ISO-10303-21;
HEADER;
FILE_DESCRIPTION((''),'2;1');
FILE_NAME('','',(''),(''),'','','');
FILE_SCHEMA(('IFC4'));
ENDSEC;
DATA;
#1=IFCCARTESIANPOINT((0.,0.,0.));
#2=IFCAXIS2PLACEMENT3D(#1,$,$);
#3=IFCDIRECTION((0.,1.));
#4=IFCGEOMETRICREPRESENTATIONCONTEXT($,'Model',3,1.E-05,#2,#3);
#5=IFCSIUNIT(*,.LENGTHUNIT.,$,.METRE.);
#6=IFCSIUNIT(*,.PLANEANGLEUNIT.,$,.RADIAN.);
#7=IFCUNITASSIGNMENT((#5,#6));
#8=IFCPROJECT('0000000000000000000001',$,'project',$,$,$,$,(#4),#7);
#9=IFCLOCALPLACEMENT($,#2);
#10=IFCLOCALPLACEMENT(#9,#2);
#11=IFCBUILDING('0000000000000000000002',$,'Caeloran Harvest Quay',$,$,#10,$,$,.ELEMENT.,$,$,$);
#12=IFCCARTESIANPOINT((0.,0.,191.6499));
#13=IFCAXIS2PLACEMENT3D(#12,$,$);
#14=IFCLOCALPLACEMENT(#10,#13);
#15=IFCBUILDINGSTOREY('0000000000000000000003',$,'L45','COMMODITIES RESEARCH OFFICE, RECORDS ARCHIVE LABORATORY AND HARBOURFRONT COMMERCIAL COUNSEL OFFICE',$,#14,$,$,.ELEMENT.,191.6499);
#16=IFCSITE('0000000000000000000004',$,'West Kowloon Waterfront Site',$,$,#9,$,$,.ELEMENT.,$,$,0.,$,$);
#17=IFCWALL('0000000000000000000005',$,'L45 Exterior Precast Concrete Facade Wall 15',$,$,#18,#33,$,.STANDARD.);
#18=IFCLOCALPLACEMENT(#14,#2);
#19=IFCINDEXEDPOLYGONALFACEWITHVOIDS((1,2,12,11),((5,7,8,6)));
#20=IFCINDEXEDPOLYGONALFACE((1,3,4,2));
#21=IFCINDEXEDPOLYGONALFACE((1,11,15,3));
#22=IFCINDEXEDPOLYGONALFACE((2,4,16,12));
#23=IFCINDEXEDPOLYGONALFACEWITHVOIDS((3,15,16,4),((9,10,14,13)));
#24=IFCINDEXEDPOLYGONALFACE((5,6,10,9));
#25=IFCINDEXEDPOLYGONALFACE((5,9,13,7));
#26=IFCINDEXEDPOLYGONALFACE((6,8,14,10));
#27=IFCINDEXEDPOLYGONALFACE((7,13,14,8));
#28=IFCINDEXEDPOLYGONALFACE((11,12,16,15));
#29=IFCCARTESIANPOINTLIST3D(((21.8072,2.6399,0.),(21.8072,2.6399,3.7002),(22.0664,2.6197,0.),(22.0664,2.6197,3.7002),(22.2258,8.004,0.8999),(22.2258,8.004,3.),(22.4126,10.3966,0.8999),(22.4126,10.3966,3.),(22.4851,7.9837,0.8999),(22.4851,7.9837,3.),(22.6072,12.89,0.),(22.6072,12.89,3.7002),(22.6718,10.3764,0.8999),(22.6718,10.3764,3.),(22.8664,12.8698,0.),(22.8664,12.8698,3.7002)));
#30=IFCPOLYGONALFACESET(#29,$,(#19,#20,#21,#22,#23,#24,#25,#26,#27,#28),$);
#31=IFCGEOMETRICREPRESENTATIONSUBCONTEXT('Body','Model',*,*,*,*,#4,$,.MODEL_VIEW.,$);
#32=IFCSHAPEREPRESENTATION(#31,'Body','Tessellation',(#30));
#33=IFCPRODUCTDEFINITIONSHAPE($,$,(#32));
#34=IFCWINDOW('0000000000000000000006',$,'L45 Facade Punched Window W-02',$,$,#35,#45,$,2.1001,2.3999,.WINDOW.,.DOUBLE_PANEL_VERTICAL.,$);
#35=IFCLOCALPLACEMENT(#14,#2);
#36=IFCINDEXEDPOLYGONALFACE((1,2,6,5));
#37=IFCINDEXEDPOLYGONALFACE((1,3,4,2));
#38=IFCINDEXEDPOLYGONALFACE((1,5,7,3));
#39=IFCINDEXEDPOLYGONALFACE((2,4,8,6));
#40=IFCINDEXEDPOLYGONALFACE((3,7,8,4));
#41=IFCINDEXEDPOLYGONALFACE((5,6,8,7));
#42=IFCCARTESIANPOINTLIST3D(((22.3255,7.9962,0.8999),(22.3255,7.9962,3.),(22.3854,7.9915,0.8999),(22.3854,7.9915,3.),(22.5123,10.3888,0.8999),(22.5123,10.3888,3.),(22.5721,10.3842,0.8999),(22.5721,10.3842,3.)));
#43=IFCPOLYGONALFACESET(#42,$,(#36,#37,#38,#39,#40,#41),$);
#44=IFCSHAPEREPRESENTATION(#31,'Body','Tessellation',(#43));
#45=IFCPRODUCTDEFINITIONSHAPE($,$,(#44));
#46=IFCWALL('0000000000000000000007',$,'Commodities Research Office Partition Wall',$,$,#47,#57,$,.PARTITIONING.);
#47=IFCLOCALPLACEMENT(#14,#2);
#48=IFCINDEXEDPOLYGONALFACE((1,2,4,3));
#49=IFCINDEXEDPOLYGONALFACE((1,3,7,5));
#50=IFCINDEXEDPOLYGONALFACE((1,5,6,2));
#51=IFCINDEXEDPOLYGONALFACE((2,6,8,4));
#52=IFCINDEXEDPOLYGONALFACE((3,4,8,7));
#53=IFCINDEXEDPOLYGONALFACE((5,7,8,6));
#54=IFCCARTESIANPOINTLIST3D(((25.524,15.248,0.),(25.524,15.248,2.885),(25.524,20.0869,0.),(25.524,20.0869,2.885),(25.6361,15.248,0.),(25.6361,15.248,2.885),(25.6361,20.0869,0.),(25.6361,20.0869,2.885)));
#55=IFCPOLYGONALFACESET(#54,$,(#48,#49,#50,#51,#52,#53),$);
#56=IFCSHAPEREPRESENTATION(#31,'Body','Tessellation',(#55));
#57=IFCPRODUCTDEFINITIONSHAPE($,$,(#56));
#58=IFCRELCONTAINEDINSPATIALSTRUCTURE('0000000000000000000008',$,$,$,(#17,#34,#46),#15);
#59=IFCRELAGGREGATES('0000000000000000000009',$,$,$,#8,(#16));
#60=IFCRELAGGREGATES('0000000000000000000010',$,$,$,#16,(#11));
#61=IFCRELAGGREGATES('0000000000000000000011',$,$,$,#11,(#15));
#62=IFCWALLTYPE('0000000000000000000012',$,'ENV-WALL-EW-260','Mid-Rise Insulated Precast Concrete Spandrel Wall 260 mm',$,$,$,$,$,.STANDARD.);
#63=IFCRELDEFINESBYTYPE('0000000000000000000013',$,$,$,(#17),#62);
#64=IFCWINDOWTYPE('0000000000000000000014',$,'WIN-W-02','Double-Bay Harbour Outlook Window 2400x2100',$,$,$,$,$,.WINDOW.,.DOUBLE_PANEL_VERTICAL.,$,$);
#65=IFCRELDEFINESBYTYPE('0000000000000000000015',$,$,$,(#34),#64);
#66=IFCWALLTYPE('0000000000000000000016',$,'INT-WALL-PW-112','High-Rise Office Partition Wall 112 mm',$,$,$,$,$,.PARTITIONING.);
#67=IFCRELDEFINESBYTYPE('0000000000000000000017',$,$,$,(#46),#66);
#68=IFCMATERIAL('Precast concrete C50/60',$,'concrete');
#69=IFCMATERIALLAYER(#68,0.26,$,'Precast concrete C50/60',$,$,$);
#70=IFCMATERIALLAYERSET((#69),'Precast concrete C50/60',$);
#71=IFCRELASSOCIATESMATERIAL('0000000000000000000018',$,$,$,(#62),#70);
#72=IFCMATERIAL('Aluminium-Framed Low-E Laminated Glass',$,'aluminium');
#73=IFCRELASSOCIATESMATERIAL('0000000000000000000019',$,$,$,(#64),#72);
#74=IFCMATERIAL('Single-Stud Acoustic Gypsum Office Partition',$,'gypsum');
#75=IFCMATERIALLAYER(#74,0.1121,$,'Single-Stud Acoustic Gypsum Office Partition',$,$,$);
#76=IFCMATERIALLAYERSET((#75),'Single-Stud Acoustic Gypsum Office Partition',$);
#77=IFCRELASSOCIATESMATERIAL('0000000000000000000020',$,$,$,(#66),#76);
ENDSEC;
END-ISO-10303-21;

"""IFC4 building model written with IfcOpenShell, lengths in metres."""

from ifc_helpers import new_model, si_unit, direction, frame, frame_2d, origin, place, context, subcontext, project, spatial, rectangle, extrude, material, layer, layer_set, type_object, element, fill, save


model = new_model("IFC4")

# Units and contexts
model_context = context("Model", 3, precision=1e-05, world=origin(), true_north=direction((0.0, 1.0)))
body_context = subcontext(model_context, "Body", "Model", "MODEL_VIEW")
ifc_project = project(units=[si_unit("LENGTHUNIT", "METRE"), si_unit("PLANEANGLEUNIT", "RADIAN")], contexts=[model_context])

# Site, building, storey
site_placement = place(None, origin())
site = spatial("IfcSite", under=ifc_project, at=site_placement, Name="West Kowloon Waterfront Site", CompositionType="ELEMENT", RefElevation=0.0)
building_placement = place(site_placement, origin())
building = spatial("IfcBuilding", under=site, at=building_placement, Name="Caeloran Harvest Quay", CompositionType="ELEMENT")
storey_placement = place(building_placement, frame((0.0, 0.0, 191.6499)))
storey = spatial("IfcBuildingStorey", under=building, at=storey_placement, Name="L45", Description="COMMODITIES RESEARCH OFFICE, RECORDS ARCHIVE LABORATORY AND HARBOURFRONT COMMERCIAL COUNSEL OFFICE", CompositionType="ELEMENT", Elevation=191.6499)

# Wall, opening, window
ifc_material_1 = material(Name="Precast concrete C50/60", Category="concrete")
ifc_layer_1 = layer(ifc_material_1, 0.26, Name="Precast concrete C50/60")
ifc_layer_set_1 = layer_set([ifc_layer_1], Name="Precast concrete C50/60")
wall_type_1 = type_object("IfcWallType", Name="ENV-WALL-EW-260", Description="Mid-Rise Insulated Precast Concrete Spandrel Wall 260 mm", PredefinedType="STANDARD", material=ifc_layer_set_1)
wall_1_placement = place(storey_placement, frame((22.7368, 12.8799, 0.0), z_axis=(0.0, 0.0, 1.0), x_axis=(-0.077817, -0.996968, 0.0)))
wall_1 = element("IfcWall", 1, at=wall_1_placement, inside=storey, type_object=wall_type_1, Name="L45 Exterior Precast Concrete Facade Wall 15", PredefinedType="STANDARD", context=body_context, shape_type="SweptSolid", body=[
    extrude(rectangle(XDim=10.2812, YDim=0.26, at=frame_2d((5.1406, 0.0))), origin(), (0.0, 0.0, 1.0), 3.7002),
])
opening_placement = place(wall_1_placement, frame((2.501, 0.0, 0.8999)))
opening = element("IfcOpeningElement", 2, at=opening_placement, cuts=wall_1, PredefinedType="OPENING", context=body_context, shape_type="SweptSolid", body=[
    extrude(rectangle(XDim=2.3999, YDim=2.1001, at=frame_2d((1.2, 1.05))), frame((0.0, 0.1401, 0.0), z_axis=(0.0, -1.0, 0.0), x_axis=(1.0, 0.0, 0.0)), (0.0, 0.0, 1.0), 0.28),
])
ifc_material_2 = material(Name="Aluminium-Framed Low-E Laminated Glass", Category="aluminium")
window_type = type_object("IfcWindowType", Name="WIN-W-02", Description="Double-Bay Harbour Outlook Window 2400x2100", PartitioningType="DOUBLE_PANEL_VERTICAL", PredefinedType="WINDOW", material=ifc_material_2)
window_placement = place(opening_placement, origin())
window = element("IfcWindow", 3, at=window_placement, inside=storey, type_object=window_type, Name="L45 Facade Punched Window W-02", OverallHeight=2.1001, OverallWidth=2.3999, PartitioningType="DOUBLE_PANEL_VERTICAL", PredefinedType="WINDOW", context=body_context, shape_type="SweptSolid", body=[
    extrude(rectangle(XDim=2.3999, YDim=2.1001, at=frame_2d((1.2, 1.05))), frame((0.0, 0.03, 0.0), z_axis=(0.0, -1.0, 0.0), x_axis=(1.0, 0.0, 0.0)), (0.0, 0.0, 1.0), 0.0601),
])
fill(opening, window)

# Wall
ifc_material_3 = material(Name="Single-Stud Acoustic Gypsum Office Partition", Category="gypsum")
ifc_layer_2 = layer(ifc_material_3, 0.1121, Name="Single-Stud Acoustic Gypsum Office Partition")
ifc_layer_set_2 = layer_set([ifc_layer_2], Name="Single-Stud Acoustic Gypsum Office Partition")
wall_type_2 = type_object("IfcWallType", Name="INT-WALL-PW-112", Description="High-Rise Office Partition Wall 112 mm", PredefinedType="PARTITIONING", material=ifc_layer_set_2)
wall_2_placement = place(storey_placement, frame((25.5801, 15.248, 0.0), z_axis=(0.0, 0.0, 1.0), x_axis=(0.0, 1.0, 0.0)))
element("IfcWall", 4, at=wall_2_placement, inside=storey, type_object=wall_type_2, Name="Commodities Research Office Partition Wall", PredefinedType="PARTITIONING", context=body_context, shape_type="SweptSolid", body=[
    extrude(rectangle(XDim=4.8389, YDim=0.1121, at=frame_2d((2.4194, 0.0))), origin(), (0.0, 0.0, 1.0), 2.885),
])

save(model, "model.ifc")
